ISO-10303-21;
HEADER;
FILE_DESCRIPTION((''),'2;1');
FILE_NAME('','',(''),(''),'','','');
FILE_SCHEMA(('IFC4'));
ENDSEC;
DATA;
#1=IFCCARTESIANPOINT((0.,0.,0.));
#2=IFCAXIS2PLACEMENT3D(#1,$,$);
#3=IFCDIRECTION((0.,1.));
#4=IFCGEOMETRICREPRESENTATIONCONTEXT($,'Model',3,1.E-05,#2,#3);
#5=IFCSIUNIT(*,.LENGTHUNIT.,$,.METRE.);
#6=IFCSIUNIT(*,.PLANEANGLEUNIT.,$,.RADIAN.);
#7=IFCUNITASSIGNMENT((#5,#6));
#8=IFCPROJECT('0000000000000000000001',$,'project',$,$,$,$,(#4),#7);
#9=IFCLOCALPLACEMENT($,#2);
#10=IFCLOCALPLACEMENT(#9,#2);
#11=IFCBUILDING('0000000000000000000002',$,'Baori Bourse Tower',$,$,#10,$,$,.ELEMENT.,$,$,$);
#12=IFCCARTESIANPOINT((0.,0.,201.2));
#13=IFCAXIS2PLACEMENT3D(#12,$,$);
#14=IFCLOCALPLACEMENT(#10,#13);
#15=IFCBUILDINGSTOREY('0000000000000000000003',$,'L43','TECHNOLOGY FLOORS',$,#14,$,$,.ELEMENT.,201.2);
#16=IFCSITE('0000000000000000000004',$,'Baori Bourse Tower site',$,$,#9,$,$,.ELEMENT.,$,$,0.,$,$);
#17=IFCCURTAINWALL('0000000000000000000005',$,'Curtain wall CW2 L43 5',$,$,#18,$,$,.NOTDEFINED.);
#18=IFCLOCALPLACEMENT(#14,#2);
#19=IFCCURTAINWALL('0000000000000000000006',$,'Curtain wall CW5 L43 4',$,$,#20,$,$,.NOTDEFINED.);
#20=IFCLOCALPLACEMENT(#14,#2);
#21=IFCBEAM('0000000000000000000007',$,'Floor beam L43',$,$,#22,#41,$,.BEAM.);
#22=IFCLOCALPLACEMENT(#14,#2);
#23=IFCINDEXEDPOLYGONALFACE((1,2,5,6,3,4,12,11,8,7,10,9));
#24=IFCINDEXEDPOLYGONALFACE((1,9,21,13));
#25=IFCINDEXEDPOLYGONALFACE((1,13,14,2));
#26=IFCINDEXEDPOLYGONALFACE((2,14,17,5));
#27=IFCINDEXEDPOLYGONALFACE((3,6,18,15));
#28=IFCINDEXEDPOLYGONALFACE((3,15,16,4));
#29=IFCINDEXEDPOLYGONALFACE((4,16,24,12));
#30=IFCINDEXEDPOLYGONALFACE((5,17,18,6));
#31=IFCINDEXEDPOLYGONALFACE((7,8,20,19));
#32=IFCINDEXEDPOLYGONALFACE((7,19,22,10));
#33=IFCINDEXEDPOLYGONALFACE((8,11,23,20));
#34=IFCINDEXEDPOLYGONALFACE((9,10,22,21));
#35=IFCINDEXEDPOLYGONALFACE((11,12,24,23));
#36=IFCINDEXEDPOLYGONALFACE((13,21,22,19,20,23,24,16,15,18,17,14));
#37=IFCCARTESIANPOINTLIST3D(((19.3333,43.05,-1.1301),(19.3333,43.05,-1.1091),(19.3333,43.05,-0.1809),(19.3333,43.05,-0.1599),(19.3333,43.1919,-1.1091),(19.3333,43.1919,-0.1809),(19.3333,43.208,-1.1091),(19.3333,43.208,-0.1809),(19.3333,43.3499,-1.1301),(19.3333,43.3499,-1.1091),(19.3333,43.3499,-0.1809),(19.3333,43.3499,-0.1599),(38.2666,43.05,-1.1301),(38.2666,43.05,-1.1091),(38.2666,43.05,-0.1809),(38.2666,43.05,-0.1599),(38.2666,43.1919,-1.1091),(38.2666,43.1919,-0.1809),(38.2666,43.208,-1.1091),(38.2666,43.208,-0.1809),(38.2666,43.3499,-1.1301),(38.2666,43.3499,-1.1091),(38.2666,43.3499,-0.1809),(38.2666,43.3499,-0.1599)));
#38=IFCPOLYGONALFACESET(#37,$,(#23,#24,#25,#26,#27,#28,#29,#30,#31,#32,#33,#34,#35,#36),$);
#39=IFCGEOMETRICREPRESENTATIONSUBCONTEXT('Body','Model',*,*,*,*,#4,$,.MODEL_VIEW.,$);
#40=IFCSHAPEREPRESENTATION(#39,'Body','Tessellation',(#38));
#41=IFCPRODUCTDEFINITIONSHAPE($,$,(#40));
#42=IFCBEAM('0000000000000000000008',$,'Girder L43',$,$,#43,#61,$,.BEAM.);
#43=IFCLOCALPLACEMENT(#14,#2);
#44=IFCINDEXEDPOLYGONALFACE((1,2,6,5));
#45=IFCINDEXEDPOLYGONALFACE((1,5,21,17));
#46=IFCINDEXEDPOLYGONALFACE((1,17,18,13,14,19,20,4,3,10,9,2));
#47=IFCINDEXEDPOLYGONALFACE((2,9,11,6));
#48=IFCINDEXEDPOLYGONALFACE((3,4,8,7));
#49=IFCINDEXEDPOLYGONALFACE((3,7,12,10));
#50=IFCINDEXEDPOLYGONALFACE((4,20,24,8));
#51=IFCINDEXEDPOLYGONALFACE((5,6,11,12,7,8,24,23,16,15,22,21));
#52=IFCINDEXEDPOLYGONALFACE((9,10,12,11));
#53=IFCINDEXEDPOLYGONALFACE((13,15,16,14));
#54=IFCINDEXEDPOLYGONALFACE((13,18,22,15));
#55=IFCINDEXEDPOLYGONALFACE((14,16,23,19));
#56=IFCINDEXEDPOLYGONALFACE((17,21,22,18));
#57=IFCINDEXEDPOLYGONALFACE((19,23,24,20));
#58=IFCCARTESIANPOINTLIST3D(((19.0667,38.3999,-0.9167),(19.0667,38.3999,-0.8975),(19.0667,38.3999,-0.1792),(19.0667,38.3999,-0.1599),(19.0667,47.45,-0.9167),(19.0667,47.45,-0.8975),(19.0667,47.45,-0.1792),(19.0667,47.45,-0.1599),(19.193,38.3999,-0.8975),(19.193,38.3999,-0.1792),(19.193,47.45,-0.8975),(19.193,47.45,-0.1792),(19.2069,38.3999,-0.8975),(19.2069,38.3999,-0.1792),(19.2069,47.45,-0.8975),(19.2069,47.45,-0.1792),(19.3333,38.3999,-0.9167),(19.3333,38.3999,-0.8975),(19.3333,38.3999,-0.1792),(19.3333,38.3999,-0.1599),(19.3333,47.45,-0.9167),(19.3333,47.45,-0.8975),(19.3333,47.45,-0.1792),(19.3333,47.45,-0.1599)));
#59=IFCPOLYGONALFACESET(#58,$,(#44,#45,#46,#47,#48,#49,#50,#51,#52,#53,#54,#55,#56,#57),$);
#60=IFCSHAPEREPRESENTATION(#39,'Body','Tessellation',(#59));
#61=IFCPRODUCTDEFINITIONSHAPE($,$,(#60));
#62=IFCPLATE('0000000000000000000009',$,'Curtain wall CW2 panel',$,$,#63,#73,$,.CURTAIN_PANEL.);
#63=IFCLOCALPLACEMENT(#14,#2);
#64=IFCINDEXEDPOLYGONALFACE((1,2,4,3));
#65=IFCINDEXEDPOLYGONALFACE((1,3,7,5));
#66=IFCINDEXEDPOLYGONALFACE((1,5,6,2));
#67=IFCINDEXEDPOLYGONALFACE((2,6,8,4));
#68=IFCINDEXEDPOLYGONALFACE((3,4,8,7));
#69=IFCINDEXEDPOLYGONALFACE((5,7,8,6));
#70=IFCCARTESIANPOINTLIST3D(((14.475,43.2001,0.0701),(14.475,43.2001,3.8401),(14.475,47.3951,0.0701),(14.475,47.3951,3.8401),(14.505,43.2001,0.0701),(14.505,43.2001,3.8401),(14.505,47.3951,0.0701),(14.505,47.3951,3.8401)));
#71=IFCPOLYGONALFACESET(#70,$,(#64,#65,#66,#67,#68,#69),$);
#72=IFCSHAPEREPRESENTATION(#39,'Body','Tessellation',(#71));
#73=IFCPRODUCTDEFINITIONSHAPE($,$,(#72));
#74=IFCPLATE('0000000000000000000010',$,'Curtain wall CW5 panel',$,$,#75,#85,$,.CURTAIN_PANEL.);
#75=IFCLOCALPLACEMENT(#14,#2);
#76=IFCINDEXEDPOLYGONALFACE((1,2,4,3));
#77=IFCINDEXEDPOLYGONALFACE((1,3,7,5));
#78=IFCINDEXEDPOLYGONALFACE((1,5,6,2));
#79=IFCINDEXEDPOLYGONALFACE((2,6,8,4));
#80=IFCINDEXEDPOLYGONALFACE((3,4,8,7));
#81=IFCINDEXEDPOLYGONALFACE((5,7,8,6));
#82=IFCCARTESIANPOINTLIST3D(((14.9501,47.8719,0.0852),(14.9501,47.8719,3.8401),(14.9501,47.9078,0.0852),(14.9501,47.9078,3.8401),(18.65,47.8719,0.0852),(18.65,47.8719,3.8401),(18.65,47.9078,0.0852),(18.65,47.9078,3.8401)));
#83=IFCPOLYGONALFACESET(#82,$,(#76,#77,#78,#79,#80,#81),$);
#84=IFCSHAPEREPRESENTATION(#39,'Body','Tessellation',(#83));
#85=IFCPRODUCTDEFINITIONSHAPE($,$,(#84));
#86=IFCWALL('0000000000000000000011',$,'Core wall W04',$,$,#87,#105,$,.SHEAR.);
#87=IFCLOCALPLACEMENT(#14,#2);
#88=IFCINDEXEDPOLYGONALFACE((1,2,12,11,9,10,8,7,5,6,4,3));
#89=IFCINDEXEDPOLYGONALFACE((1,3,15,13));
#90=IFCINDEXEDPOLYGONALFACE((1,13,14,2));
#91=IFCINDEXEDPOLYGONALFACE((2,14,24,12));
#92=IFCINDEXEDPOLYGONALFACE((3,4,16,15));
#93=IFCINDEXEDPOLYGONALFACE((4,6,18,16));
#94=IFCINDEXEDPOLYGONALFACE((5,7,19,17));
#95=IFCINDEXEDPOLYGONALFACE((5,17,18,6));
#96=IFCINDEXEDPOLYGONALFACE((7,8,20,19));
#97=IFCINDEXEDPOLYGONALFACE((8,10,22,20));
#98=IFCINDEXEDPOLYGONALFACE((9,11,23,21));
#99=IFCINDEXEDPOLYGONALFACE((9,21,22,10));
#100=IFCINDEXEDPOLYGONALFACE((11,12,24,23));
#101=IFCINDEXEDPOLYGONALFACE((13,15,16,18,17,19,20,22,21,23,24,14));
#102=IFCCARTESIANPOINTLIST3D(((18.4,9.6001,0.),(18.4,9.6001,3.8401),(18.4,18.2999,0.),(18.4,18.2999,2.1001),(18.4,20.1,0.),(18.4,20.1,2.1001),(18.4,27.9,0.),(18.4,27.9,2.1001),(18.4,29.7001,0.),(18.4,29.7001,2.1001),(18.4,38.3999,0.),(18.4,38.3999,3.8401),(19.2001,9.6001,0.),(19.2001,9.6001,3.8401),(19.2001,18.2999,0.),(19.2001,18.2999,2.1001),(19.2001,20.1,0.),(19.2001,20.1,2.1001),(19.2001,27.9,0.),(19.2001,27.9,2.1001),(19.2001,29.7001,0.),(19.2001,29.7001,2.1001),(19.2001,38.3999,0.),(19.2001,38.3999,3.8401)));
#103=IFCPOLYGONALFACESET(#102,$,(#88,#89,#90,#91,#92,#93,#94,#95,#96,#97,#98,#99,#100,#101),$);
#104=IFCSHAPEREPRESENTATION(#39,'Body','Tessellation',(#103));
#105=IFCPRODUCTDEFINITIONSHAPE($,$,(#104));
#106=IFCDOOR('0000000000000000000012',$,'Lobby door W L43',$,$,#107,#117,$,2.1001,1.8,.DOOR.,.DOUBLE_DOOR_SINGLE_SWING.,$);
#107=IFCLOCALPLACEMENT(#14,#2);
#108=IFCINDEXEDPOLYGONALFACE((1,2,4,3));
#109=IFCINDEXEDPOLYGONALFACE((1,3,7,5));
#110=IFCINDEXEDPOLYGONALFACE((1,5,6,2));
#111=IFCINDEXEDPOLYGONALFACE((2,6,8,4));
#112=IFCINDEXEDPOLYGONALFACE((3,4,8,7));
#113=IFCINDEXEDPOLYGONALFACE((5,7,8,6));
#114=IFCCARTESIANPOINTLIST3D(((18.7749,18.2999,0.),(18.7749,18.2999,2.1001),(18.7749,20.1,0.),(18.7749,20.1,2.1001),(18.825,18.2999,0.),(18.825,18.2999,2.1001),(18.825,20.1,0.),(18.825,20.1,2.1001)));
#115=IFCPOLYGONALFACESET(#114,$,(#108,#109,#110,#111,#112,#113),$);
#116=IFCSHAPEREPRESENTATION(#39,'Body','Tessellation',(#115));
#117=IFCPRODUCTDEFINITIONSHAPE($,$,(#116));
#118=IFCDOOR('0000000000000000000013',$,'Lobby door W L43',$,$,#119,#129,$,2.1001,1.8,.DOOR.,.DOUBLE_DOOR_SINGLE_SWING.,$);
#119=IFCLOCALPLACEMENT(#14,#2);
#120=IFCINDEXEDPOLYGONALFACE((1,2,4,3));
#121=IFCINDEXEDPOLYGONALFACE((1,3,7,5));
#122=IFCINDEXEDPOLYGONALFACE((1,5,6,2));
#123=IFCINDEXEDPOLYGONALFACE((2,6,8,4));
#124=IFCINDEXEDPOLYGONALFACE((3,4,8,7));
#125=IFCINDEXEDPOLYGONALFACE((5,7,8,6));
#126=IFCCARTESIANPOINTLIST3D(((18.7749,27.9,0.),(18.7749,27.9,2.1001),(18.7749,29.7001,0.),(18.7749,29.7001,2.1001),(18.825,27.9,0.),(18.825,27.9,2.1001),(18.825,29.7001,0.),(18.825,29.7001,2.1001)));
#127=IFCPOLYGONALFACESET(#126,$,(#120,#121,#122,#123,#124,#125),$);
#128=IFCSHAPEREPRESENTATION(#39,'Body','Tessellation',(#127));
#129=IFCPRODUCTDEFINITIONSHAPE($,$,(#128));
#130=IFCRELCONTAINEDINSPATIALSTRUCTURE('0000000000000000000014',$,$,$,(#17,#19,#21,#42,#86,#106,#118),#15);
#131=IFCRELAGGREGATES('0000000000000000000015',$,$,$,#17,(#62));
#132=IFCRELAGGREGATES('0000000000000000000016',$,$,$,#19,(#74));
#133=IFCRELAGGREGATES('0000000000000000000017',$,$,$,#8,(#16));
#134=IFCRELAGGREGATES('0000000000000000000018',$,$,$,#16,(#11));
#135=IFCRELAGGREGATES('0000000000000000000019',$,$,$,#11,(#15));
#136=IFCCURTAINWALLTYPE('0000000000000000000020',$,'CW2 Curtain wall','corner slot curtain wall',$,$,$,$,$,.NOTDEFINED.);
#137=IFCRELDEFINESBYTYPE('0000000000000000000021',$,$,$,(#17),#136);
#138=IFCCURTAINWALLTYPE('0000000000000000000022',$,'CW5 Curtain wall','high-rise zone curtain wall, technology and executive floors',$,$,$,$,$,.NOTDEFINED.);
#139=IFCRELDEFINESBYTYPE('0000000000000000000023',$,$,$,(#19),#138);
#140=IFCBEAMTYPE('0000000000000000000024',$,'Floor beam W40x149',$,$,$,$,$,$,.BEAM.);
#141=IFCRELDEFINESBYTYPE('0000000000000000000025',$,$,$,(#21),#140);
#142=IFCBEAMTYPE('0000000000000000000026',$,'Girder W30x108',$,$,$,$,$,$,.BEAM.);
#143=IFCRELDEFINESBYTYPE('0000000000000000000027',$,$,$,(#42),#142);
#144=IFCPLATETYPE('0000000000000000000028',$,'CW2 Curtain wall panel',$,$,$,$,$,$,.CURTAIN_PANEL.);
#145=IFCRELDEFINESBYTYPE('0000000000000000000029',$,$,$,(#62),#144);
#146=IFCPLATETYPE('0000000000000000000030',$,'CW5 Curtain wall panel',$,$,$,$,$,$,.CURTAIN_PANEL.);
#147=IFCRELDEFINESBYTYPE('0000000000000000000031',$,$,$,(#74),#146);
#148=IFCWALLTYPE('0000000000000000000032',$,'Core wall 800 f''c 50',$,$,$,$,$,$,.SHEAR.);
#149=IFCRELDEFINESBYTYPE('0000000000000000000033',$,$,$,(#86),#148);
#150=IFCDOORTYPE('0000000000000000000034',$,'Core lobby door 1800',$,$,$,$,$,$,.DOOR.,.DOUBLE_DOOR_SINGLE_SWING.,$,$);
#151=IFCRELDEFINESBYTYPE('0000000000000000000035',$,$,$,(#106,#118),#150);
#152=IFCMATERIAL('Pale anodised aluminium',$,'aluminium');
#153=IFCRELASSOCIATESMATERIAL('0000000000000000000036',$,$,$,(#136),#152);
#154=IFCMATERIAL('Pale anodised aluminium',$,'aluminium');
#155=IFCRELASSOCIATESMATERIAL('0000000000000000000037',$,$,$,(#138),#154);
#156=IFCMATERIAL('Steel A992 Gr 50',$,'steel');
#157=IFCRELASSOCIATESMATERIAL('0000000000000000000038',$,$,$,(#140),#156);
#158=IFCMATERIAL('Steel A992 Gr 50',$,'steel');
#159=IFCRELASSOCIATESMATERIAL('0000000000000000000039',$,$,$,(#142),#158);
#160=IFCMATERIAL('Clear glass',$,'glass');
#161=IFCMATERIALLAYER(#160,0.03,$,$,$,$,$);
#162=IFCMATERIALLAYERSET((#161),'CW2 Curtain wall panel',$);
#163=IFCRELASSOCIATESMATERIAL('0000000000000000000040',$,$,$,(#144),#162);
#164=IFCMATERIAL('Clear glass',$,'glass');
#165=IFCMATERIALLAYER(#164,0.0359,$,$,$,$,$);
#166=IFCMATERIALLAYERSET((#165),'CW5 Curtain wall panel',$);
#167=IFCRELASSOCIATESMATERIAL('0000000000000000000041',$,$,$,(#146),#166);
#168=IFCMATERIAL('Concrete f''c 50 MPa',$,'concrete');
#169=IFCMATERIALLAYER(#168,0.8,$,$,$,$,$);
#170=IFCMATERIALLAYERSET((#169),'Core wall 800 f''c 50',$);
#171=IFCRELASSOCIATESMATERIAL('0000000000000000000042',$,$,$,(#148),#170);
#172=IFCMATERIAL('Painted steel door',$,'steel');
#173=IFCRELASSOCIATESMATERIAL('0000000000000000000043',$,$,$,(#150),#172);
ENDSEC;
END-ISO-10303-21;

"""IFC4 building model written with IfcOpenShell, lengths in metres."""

from ifc_helpers import new_model, si_unit, direction, frame, frame_2d, origin, origin_2d, place, context, subcontext, project, spatial, rectangle, i_section, extrude, material, layer, layer_set, material_profile, profile_set, type_object, element, fill, aggregate, save


model = new_model("IFC4")

# Units and contexts
model_context = context("Model", 3, precision=1e-05, world=origin(), true_north=direction((0.0, 1.0)))
body_context = subcontext(model_context, "Body", "Model", "MODEL_VIEW")
ifc_project = project(units=[si_unit("LENGTHUNIT", "METRE"), si_unit("PLANEANGLEUNIT", "RADIAN")], contexts=[model_context])

# Site, building, storey
site_placement = place(None, origin())
site = spatial("IfcSite", under=ifc_project, at=site_placement, Name="Baori Bourse Tower site", CompositionType="ELEMENT", RefElevation=0.0)
building_placement = place(site_placement, origin())
building = spatial("IfcBuilding", under=site, at=building_placement, Name="Baori Bourse Tower", CompositionType="ELEMENT")
storey_placement = place(building_placement, frame((0.0, 0.0, 201.2)))
storey = spatial("IfcBuildingStorey", under=building, at=storey_placement, Name="L43", Description="TECHNOLOGY FLOORS", CompositionType="ELEMENT", Elevation=201.2)

# Curtain wall
ifc_material_1 = material(Name="Pale anodised aluminium", Category="aluminium")
curtain_wall_type_1 = type_object("IfcCurtainWallType", Name="CW2 Curtain wall", Description="corner slot curtain wall", PredefinedType="NOTDEFINED", material=ifc_material_1)
curtain_wall_1_placement = place(storey_placement, origin())
curtain_wall_1 = element("IfcCurtainWall", 1, at=curtain_wall_1_placement, inside=storey, type_object=curtain_wall_type_1, Name="Curtain wall CW2 L43 5", PredefinedType="NOTDEFINED")

# Curtain wall
ifc_material_2 = material(Name="Pale anodised aluminium", Category="aluminium")
curtain_wall_type_2 = type_object("IfcCurtainWallType", Name="CW5 Curtain wall", Description="high-rise zone curtain wall, technology and executive floors", PredefinedType="NOTDEFINED", material=ifc_material_2)
curtain_wall_2_placement = place(storey_placement, origin())
curtain_wall_2 = element("IfcCurtainWall", 2, at=curtain_wall_2_placement, inside=storey, type_object=curtain_wall_type_2, Name="Curtain wall CW5 L43 4", PredefinedType="NOTDEFINED")

# Beams
ifc_material_3 = material(Name="Steel A992 Gr 50", Category="steel")
ifc_material_profile_1 = material_profile(ifc_material_3, i_section(OverallWidth=0.2998, OverallDepth=0.9702, WebThickness=0.0161, FlangeThickness=0.021, at=origin_2d()), Name="W40x149")
ifc_profile_set_1 = profile_set([ifc_material_profile_1], Name="Steel A992 Gr 50")
beam_type_1 = type_object("IfcBeamType", Name="Floor beam W40x149", PredefinedType="BEAM", material=ifc_profile_set_1)
beam_1_placement = place(storey_placement, frame((19.3333, 43.2, -0.645), z_axis=(1.0, 0.0, 0.0), x_axis=(0.0, 1.0, 0.0)))
element("IfcBeam", 3, at=beam_1_placement, inside=storey, type_object=beam_type_1, Name="Floor beam L43", PredefinedType="BEAM", context=body_context, shape_type="SweptSolid", body=[
    extrude(i_section(OverallWidth=0.2998, OverallDepth=0.9702, WebThickness=0.0161, FlangeThickness=0.021, at=origin_2d()), origin(), (0.0, 0.0, 1.0), 18.9333),
])
ifc_material_4 = material(Name="Steel A992 Gr 50", Category="steel")
ifc_material_profile_2 = material_profile(ifc_material_4, i_section(OverallWidth=0.2666, OverallDepth=0.7568, WebThickness=0.0139, FlangeThickness=0.0193, at=origin_2d()), Name="W30x108")
ifc_profile_set_2 = profile_set([ifc_material_profile_2], Name="Steel A992 Gr 50")
beam_type_2 = type_object("IfcBeamType", Name="Girder W30x108", PredefinedType="BEAM", material=ifc_profile_set_2)
beam_2_placement = place(storey_placement, frame((19.2, 38.3999, -0.5383), z_axis=(0.0, 1.0, 0.0), x_axis=(-1.0, 0.0, 0.0)))
element("IfcBeam", 4, at=beam_2_placement, inside=storey, type_object=beam_type_2, Name="Girder L43", PredefinedType="BEAM", context=body_context, shape_type="SweptSolid", body=[
    extrude(i_section(OverallWidth=0.2666, OverallDepth=0.7568, WebThickness=0.0139, FlangeThickness=0.0193, at=origin_2d()), origin(), (0.0, 0.0, 1.0), 9.05),
])

# Plates
ifc_material_5 = material(Name="Clear glass", Category="glass")
ifc_layer_1 = layer(ifc_material_5, 0.03)
ifc_layer_set_1 = layer_set([ifc_layer_1], Name="CW2 Curtain wall panel")
plate_type_1 = type_object("IfcPlateType", Name="CW2 Curtain wall panel", PredefinedType="CURTAIN_PANEL", material=ifc_layer_set_1)
plate_1_placement = place(storey_placement, frame((14.49, 45.2976, 0.0701), z_axis=(0.0, 0.0, 1.0), x_axis=(0.0, -1.0, 0.0)))
plate_1 = element("IfcPlate", 5, at=plate_1_placement, type_object=plate_type_1, Name="Curtain wall CW2 panel", PredefinedType="CURTAIN_PANEL", context=body_context, shape_type="SweptSolid", body=[
    extrude(rectangle(XDim=4.1951, YDim=0.03, at=origin_2d()), origin(), (0.0, 0.0, 1.0), 3.77),
])
aggregate(curtain_wall_1, [plate_1])
ifc_material_6 = material(Name="Clear glass", Category="glass")
ifc_layer_2 = layer(ifc_material_6, 0.0359)
ifc_layer_set_2 = layer_set([ifc_layer_2], Name="CW5 Curtain wall panel")
plate_type_2 = type_object("IfcPlateType", Name="CW5 Curtain wall panel", PredefinedType="CURTAIN_PANEL", material=ifc_layer_set_2)
plate_2_placement = place(storey_placement, frame((16.8, 47.8899, 0.0852), z_axis=(0.0, 0.0, 1.0), x_axis=(-1.0, 0.0, 0.0)))
plate_2 = element("IfcPlate", 6, at=plate_2_placement, type_object=plate_type_2, Name="Curtain wall CW5 panel", PredefinedType="CURTAIN_PANEL", context=body_context, shape_type="SweptSolid", body=[
    extrude(rectangle(XDim=3.7, YDim=0.0359, at=origin_2d()), origin(), (0.0, 0.0, 1.0), 3.7549),
])
aggregate(curtain_wall_2, [plate_2])

# Wall, openings, doors
ifc_material_7 = material(Name="Concrete f'c 50 MPa", Category="concrete")
ifc_layer_3 = layer(ifc_material_7, 0.8)
ifc_layer_set_3 = layer_set([ifc_layer_3], Name="Core wall 800 f'c 50")
wall_type_1 = type_object("IfcWallType", Name="Core wall 800 f'c 50", PredefinedType="SHEAR", material=ifc_layer_set_3)
wall_1_placement = place(storey_placement, frame((18.8, 38.3999, 0.0), z_axis=(0.0, 0.0, 1.0), x_axis=(0.0, -1.0, 0.0)))
wall_1 = element("IfcWall", 7, at=wall_1_placement, inside=storey, type_object=wall_type_1, Name="Core wall W04", PredefinedType="SHEAR", context=body_context, shape_type="SweptSolid", body=[
    extrude(rectangle(XDim=28.7998, YDim=0.8, at=frame_2d((14.3999, 0.0))), origin(), (0.0, 0.0, 1.0), 3.8401),
])
opening_1_placement = place(wall_1_placement, frame((18.3, 0.0, 0.0)))
opening_1 = element("IfcOpeningElement", 8, at=opening_1_placement, cuts=wall_1, PredefinedType="OPENING", context=body_context, shape_type="SweptSolid", body=[
    extrude(rectangle(XDim=1.8, YDim=2.1001, at=frame_2d((0.8999, 1.05))), frame((0.0, 0.4099, 0.0), z_axis=(0.0, -1.0, 0.0), x_axis=(1.0, 0.0, 0.0)), (0.0, 0.0, 1.0), 0.8201),
])
opening_2_placement = place(wall_1_placement, frame((8.7, 0.0, 0.0)))
opening_2 = element("IfcOpeningElement", 9, at=opening_2_placement, cuts=wall_1, PredefinedType="OPENING", context=body_context, shape_type="SweptSolid", body=[
    extrude(rectangle(XDim=1.8, YDim=2.1001, at=frame_2d((0.8999, 1.05))), frame((0.0, 0.4099, 0.0), z_axis=(0.0, -1.0, 0.0), x_axis=(1.0, 0.0, 0.0)), (0.0, 0.0, 1.0), 0.8201),
])
ifc_material_8 = material(Name="Painted steel door", Category="steel")
door_type_1 = type_object("IfcDoorType", Name="Core lobby door 1800", OperationType="DOUBLE_DOOR_SINGLE_SWING", PredefinedType="DOOR", material=ifc_material_8)
door_1_placement = place(opening_1_placement, origin())
door_1 = element("IfcDoor", 10, at=door_1_placement, inside=storey, type_object=door_type_1, Name="Lobby door W L43", OperationType="DOUBLE_DOOR_SINGLE_SWING", OverallHeight=2.1001, OverallWidth=1.8, PredefinedType="DOOR", context=body_context, shape_type="SweptSolid", body=[
    extrude(rectangle(XDim=1.8, YDim=2.1001, at=frame_2d((0.8999, 1.05))), frame((0.0, 0.0249, 0.0), z_axis=(0.0, -1.0, 0.0), x_axis=(1.0, 0.0, 0.0)), (0.0, 0.0, 1.0), 0.05),
])
fill(opening_1, door_1)
door_2_placement = place(opening_2_placement, origin())
door_2 = element("IfcDoor", 11, at=door_2_placement, inside=storey, type_object=door_type_1, Name="Lobby door W L43", OperationType="DOUBLE_DOOR_SINGLE_SWING", OverallHeight=2.1001, OverallWidth=1.8, PredefinedType="DOOR", context=body_context, shape_type="SweptSolid", body=[
    extrude(rectangle(XDim=1.8, YDim=2.1001, at=frame_2d((0.8999, 1.05))), frame((0.0, 0.0249, 0.0), z_axis=(0.0, -1.0, 0.0), x_axis=(1.0, 0.0, 0.0)), (0.0, 0.0, 1.0), 0.05),
])
fill(opening_2, door_2)

save(model, "model.ifc")
